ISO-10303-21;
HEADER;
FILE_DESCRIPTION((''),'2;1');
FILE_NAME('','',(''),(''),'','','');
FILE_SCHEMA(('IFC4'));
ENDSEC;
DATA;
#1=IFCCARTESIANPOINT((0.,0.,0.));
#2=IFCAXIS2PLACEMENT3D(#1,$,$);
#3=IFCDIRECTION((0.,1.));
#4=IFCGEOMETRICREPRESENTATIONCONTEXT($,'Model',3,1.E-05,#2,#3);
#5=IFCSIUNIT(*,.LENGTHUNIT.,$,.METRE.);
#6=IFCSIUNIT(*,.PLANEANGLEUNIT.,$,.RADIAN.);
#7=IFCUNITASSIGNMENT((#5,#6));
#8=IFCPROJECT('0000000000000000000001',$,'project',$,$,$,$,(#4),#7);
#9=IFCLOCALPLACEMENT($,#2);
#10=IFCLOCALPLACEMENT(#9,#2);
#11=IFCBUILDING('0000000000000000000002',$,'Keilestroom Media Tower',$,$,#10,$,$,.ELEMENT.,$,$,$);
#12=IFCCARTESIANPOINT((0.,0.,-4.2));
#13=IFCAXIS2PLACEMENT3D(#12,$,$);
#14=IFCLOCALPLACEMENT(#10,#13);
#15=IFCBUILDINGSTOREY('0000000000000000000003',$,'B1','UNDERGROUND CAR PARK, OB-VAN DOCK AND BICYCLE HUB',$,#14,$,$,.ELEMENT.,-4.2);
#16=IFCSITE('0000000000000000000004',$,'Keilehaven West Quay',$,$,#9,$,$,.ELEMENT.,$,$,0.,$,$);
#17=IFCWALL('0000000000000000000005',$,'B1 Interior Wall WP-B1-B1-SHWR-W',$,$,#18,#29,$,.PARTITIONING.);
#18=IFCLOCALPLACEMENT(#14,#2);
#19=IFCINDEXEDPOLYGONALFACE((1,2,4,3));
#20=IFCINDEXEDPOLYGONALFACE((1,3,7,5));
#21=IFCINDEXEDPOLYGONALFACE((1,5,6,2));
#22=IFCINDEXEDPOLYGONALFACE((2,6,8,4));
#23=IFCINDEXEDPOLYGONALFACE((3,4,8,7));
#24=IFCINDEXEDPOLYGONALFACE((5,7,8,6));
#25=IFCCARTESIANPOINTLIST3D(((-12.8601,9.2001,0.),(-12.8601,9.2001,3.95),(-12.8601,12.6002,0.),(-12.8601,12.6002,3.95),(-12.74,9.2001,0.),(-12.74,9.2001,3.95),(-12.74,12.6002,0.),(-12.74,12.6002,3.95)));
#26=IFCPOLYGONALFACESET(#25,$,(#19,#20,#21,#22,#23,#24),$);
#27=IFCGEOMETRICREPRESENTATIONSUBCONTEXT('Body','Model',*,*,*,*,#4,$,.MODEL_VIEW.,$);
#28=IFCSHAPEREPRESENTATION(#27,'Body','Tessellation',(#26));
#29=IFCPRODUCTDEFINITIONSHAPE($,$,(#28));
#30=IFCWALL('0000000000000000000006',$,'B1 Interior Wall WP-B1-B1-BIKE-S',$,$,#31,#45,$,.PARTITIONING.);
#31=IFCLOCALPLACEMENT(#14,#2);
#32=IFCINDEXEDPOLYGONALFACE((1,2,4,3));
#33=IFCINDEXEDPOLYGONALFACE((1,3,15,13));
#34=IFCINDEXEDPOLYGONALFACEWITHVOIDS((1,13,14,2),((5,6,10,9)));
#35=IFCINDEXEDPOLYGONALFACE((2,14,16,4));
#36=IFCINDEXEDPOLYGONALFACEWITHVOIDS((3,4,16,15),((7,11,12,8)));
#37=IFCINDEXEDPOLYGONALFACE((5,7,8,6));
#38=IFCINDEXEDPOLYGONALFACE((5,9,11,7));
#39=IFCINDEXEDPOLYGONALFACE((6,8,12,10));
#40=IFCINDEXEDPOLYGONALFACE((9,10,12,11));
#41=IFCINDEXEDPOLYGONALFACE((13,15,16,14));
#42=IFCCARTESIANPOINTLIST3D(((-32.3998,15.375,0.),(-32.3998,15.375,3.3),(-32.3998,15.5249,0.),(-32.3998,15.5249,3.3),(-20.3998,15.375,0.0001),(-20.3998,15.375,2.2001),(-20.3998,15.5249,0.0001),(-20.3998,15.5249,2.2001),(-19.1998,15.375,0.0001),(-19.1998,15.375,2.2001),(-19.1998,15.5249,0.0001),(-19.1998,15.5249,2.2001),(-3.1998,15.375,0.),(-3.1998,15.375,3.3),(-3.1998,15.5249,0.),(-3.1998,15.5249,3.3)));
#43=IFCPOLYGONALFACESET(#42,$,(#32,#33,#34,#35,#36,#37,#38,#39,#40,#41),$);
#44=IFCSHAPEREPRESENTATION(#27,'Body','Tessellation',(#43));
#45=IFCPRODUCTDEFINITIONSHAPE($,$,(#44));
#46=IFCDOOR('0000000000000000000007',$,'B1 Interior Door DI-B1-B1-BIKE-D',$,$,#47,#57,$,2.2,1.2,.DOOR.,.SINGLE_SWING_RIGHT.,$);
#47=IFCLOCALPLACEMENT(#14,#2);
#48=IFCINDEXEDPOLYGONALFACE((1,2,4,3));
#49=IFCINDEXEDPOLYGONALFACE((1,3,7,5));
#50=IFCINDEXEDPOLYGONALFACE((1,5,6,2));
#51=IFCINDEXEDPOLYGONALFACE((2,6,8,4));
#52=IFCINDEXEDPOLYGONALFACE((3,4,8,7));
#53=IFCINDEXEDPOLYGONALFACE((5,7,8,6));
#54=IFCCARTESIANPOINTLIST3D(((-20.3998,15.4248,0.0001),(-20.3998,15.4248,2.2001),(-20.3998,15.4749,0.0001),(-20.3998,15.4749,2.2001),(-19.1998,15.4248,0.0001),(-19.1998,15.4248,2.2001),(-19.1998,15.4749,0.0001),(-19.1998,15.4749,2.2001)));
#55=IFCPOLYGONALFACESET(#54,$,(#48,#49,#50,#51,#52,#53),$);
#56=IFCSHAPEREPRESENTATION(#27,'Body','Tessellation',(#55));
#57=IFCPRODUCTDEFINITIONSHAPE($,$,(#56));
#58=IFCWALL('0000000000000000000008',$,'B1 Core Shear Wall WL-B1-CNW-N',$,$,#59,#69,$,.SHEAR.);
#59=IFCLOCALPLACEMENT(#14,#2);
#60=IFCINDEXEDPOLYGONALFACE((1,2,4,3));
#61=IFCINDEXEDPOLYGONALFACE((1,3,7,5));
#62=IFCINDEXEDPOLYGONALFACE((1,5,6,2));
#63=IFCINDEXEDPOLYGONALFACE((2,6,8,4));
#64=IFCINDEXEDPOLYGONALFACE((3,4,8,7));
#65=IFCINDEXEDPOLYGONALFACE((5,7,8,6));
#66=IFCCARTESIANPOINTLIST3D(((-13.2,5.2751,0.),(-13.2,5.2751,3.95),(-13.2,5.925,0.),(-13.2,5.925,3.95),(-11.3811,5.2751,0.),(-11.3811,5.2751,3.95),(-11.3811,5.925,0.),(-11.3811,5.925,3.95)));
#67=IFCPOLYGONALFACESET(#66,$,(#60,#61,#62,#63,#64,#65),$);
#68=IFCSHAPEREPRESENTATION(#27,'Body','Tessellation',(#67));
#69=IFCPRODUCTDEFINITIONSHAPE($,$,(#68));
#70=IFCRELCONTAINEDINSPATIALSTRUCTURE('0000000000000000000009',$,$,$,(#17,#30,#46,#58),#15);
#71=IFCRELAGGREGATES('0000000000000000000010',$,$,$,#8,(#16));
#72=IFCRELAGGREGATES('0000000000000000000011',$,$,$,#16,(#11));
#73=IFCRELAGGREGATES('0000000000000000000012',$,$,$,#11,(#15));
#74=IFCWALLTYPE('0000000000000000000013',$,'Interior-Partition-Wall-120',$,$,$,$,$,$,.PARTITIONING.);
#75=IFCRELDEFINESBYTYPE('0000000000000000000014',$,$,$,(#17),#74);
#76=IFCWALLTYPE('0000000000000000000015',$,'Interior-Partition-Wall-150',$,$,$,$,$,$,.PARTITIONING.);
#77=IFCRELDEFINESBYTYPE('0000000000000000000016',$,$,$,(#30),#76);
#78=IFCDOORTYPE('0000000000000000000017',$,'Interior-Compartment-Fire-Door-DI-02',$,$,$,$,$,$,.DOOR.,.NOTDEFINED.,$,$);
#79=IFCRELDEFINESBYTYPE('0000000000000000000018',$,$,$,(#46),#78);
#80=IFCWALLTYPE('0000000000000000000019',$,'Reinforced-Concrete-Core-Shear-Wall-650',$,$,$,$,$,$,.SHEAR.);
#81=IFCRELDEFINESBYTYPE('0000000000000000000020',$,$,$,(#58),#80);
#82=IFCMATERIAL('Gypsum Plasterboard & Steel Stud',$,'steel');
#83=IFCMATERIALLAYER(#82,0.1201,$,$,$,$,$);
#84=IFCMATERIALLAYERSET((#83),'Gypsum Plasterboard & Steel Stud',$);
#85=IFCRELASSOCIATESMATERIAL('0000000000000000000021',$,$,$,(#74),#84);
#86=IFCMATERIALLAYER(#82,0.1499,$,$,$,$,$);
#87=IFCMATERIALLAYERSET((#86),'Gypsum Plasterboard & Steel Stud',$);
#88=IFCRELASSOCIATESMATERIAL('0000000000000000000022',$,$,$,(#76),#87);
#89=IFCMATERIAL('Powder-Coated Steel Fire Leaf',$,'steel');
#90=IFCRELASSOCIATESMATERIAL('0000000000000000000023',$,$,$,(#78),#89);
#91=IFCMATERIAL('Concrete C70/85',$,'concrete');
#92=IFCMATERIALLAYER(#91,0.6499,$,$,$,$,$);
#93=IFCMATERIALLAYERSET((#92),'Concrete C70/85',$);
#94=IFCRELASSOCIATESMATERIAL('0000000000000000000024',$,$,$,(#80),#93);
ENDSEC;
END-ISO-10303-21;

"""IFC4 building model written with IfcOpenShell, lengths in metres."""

from ifc_helpers import new_model, si_unit, direction, frame, frame_2d, origin, place, context, subcontext, project, spatial, rectangle, extrude, source, transform, mapped, material, layer, layer_set, type_object, element, fill, save


model = new_model("IFC4")

# Units and contexts
model_context = context("Model", 3, precision=1e-05, world=origin(), true_north=direction((0.0, 1.0)))
body_context = subcontext(model_context, "Body", "Model", "MODEL_VIEW")
ifc_project = project(units=[si_unit("LENGTHUNIT", "METRE"), si_unit("PLANEANGLEUNIT", "RADIAN")], contexts=[model_context])

# Site, building, storey
site_placement = place(None, origin())
site = spatial("IfcSite", under=ifc_project, at=site_placement, Name="Keilehaven West Quay", CompositionType="ELEMENT", RefElevation=0.0)
building_placement = place(site_placement, origin())
building = spatial("IfcBuilding", under=site, at=building_placement, Name="Keilestroom Media Tower", CompositionType="ELEMENT")
storey_placement = place(building_placement, frame((0.0, 0.0, -4.2)))
storey = spatial("IfcBuildingStorey", under=building, at=storey_placement, Name="B1", Description="UNDERGROUND CAR PARK, OB-VAN DOCK AND BICYCLE HUB", CompositionType="ELEMENT", Elevation=-4.2)

# Shared definitions
ifc_material_1 = material(Name="Concrete C70/85", Category="concrete")

# Wall
ifc_material_2 = material(Name="Gypsum Plasterboard & Steel Stud", Category="steel")
ifc_layer_1 = layer(ifc_material_2, 0.1201)
ifc_layer_set_1 = layer_set([ifc_layer_1], Name="Gypsum Plasterboard & Steel Stud")
wall_type_1 = type_object("IfcWallType", Name="Interior-Partition-Wall-120", PredefinedType="PARTITIONING", material=ifc_layer_set_1)
wall_1_placement = place(storey_placement, frame((-12.8, 9.2, 0.0), z_axis=(0.0, 0.0, 1.0), x_axis=(0.0, 1.0, 0.0)))
element("IfcWall", 1, at=wall_1_placement, inside=storey, type_object=wall_type_1, Name="B1 Interior Wall WP-B1-B1-SHWR-W", PredefinedType="PARTITIONING", context=body_context, shape_type="SweptSolid", body=[
    extrude(rectangle(XDim=3.4001, YDim=0.1201, at=frame_2d((1.7002, 0.0))), origin(), (0.0, 0.0, 1.0), 3.95),
])

# Wall, opening, door
ifc_layer_2 = layer(ifc_material_2, 0.1499)
ifc_layer_set_2 = layer_set([ifc_layer_2], Name="Gypsum Plasterboard & Steel Stud")
wall_type_2 = type_object("IfcWallType", Name="Interior-Partition-Wall-150", PredefinedType="PARTITIONING", material=ifc_layer_set_2)
wall_2_placement = place(storey_placement, frame((-32.3999, 15.45, 0.0), z_axis=(0.0, 0.0, 1.0), x_axis=(1.0, 0.0, 0.0)))
wall_2 = element("IfcWall", 2, at=wall_2_placement, inside=storey, type_object=wall_type_2, Name="B1 Interior Wall WP-B1-B1-BIKE-S", PredefinedType="PARTITIONING", context=body_context, shape_type="SweptSolid", body=[
    extrude(rectangle(XDim=29.2, YDim=0.1499, at=frame_2d((14.6001, 0.0))), origin(), (0.0, 0.0, 1.0), 3.3),
])
opening_placement = place(wall_2_placement, frame((12.0, 0.0, 0.0)))
opening = element("IfcOpeningElement", 3, at=opening_placement, cuts=wall_2, PredefinedType="OPENING", context=body_context, shape_type="SweptSolid", body=[
    extrude(rectangle(XDim=1.2, YDim=2.2, at=frame_2d((0.6001, 1.1001))), frame((0.0, 0.085, 0.0), z_axis=(0.0, -1.0, 0.0), x_axis=(1.0, 0.0, 0.0)), (0.0, 0.0, 1.0), 0.1699),
])
ifc_material_3 = material(Name="Powder-Coated Steel Fire Leaf", Category="steel")
door_type = type_object("IfcDoorType", Name="Interior-Compartment-Fire-Door-DI-02", OperationType="NOTDEFINED", PredefinedType="DOOR", material=ifc_material_3)
shared_shape_1 = source(origin(), body_context, "Body", "SweptSolid", [
    extrude(rectangle(XDim=1.2, YDim=2.2, at=frame_2d((0.6001, 1.1001))), frame((0.0, 0.0249, 0.0), z_axis=(0.0, -1.0, 0.0), x_axis=(1.0, 0.0, 0.0)), (0.0, 0.0, 1.0), 0.05),
])
door_placement = place(opening_placement, origin())
door = element("IfcDoor", 4, at=door_placement, inside=storey, type_object=door_type, Name="B1 Interior Door DI-B1-B1-BIKE-D", OperationType="SINGLE_SWING_RIGHT", OverallHeight=2.2, OverallWidth=1.2, PredefinedType="DOOR", context=body_context, shape_type="MappedRepresentation", body=[
    mapped(shared_shape_1, transform((0.0, 0.0, 0.0), x_axis=(1.0, 0.0, 0.0), y_axis=(0.0, 1.0, 0.0), z_axis=(0.0, 0.0, 1.0), scale=1.0)),
])
fill(opening, door)

# Wall
ifc_layer_3 = layer(ifc_material_1, 0.6499)
ifc_layer_set_3 = layer_set([ifc_layer_3], Name="Concrete C70/85")
wall_type_3 = type_object("IfcWallType", Name="Reinforced-Concrete-Core-Shear-Wall-650", PredefinedType="SHEAR", material=ifc_layer_set_3)
wall_3_placement = place(storey_placement, frame((-13.2, 5.6001, 0.0), z_axis=(0.0, 0.0, 1.0), x_axis=(1.0, 0.0, 0.0)))
element("IfcWall", 5, at=wall_3_placement, inside=storey, type_object=wall_type_3, Name="B1 Core Shear Wall WL-B1-CNW-N", PredefinedType="SHEAR", context=body_context, shape_type="SweptSolid", body=[
    extrude(rectangle(XDim=1.8188, YDim=0.6499, at=frame_2d((0.9094, 0.0))), origin(), (0.0, 0.0, 1.0), 3.95),
])

save(model, "model.ifc")
